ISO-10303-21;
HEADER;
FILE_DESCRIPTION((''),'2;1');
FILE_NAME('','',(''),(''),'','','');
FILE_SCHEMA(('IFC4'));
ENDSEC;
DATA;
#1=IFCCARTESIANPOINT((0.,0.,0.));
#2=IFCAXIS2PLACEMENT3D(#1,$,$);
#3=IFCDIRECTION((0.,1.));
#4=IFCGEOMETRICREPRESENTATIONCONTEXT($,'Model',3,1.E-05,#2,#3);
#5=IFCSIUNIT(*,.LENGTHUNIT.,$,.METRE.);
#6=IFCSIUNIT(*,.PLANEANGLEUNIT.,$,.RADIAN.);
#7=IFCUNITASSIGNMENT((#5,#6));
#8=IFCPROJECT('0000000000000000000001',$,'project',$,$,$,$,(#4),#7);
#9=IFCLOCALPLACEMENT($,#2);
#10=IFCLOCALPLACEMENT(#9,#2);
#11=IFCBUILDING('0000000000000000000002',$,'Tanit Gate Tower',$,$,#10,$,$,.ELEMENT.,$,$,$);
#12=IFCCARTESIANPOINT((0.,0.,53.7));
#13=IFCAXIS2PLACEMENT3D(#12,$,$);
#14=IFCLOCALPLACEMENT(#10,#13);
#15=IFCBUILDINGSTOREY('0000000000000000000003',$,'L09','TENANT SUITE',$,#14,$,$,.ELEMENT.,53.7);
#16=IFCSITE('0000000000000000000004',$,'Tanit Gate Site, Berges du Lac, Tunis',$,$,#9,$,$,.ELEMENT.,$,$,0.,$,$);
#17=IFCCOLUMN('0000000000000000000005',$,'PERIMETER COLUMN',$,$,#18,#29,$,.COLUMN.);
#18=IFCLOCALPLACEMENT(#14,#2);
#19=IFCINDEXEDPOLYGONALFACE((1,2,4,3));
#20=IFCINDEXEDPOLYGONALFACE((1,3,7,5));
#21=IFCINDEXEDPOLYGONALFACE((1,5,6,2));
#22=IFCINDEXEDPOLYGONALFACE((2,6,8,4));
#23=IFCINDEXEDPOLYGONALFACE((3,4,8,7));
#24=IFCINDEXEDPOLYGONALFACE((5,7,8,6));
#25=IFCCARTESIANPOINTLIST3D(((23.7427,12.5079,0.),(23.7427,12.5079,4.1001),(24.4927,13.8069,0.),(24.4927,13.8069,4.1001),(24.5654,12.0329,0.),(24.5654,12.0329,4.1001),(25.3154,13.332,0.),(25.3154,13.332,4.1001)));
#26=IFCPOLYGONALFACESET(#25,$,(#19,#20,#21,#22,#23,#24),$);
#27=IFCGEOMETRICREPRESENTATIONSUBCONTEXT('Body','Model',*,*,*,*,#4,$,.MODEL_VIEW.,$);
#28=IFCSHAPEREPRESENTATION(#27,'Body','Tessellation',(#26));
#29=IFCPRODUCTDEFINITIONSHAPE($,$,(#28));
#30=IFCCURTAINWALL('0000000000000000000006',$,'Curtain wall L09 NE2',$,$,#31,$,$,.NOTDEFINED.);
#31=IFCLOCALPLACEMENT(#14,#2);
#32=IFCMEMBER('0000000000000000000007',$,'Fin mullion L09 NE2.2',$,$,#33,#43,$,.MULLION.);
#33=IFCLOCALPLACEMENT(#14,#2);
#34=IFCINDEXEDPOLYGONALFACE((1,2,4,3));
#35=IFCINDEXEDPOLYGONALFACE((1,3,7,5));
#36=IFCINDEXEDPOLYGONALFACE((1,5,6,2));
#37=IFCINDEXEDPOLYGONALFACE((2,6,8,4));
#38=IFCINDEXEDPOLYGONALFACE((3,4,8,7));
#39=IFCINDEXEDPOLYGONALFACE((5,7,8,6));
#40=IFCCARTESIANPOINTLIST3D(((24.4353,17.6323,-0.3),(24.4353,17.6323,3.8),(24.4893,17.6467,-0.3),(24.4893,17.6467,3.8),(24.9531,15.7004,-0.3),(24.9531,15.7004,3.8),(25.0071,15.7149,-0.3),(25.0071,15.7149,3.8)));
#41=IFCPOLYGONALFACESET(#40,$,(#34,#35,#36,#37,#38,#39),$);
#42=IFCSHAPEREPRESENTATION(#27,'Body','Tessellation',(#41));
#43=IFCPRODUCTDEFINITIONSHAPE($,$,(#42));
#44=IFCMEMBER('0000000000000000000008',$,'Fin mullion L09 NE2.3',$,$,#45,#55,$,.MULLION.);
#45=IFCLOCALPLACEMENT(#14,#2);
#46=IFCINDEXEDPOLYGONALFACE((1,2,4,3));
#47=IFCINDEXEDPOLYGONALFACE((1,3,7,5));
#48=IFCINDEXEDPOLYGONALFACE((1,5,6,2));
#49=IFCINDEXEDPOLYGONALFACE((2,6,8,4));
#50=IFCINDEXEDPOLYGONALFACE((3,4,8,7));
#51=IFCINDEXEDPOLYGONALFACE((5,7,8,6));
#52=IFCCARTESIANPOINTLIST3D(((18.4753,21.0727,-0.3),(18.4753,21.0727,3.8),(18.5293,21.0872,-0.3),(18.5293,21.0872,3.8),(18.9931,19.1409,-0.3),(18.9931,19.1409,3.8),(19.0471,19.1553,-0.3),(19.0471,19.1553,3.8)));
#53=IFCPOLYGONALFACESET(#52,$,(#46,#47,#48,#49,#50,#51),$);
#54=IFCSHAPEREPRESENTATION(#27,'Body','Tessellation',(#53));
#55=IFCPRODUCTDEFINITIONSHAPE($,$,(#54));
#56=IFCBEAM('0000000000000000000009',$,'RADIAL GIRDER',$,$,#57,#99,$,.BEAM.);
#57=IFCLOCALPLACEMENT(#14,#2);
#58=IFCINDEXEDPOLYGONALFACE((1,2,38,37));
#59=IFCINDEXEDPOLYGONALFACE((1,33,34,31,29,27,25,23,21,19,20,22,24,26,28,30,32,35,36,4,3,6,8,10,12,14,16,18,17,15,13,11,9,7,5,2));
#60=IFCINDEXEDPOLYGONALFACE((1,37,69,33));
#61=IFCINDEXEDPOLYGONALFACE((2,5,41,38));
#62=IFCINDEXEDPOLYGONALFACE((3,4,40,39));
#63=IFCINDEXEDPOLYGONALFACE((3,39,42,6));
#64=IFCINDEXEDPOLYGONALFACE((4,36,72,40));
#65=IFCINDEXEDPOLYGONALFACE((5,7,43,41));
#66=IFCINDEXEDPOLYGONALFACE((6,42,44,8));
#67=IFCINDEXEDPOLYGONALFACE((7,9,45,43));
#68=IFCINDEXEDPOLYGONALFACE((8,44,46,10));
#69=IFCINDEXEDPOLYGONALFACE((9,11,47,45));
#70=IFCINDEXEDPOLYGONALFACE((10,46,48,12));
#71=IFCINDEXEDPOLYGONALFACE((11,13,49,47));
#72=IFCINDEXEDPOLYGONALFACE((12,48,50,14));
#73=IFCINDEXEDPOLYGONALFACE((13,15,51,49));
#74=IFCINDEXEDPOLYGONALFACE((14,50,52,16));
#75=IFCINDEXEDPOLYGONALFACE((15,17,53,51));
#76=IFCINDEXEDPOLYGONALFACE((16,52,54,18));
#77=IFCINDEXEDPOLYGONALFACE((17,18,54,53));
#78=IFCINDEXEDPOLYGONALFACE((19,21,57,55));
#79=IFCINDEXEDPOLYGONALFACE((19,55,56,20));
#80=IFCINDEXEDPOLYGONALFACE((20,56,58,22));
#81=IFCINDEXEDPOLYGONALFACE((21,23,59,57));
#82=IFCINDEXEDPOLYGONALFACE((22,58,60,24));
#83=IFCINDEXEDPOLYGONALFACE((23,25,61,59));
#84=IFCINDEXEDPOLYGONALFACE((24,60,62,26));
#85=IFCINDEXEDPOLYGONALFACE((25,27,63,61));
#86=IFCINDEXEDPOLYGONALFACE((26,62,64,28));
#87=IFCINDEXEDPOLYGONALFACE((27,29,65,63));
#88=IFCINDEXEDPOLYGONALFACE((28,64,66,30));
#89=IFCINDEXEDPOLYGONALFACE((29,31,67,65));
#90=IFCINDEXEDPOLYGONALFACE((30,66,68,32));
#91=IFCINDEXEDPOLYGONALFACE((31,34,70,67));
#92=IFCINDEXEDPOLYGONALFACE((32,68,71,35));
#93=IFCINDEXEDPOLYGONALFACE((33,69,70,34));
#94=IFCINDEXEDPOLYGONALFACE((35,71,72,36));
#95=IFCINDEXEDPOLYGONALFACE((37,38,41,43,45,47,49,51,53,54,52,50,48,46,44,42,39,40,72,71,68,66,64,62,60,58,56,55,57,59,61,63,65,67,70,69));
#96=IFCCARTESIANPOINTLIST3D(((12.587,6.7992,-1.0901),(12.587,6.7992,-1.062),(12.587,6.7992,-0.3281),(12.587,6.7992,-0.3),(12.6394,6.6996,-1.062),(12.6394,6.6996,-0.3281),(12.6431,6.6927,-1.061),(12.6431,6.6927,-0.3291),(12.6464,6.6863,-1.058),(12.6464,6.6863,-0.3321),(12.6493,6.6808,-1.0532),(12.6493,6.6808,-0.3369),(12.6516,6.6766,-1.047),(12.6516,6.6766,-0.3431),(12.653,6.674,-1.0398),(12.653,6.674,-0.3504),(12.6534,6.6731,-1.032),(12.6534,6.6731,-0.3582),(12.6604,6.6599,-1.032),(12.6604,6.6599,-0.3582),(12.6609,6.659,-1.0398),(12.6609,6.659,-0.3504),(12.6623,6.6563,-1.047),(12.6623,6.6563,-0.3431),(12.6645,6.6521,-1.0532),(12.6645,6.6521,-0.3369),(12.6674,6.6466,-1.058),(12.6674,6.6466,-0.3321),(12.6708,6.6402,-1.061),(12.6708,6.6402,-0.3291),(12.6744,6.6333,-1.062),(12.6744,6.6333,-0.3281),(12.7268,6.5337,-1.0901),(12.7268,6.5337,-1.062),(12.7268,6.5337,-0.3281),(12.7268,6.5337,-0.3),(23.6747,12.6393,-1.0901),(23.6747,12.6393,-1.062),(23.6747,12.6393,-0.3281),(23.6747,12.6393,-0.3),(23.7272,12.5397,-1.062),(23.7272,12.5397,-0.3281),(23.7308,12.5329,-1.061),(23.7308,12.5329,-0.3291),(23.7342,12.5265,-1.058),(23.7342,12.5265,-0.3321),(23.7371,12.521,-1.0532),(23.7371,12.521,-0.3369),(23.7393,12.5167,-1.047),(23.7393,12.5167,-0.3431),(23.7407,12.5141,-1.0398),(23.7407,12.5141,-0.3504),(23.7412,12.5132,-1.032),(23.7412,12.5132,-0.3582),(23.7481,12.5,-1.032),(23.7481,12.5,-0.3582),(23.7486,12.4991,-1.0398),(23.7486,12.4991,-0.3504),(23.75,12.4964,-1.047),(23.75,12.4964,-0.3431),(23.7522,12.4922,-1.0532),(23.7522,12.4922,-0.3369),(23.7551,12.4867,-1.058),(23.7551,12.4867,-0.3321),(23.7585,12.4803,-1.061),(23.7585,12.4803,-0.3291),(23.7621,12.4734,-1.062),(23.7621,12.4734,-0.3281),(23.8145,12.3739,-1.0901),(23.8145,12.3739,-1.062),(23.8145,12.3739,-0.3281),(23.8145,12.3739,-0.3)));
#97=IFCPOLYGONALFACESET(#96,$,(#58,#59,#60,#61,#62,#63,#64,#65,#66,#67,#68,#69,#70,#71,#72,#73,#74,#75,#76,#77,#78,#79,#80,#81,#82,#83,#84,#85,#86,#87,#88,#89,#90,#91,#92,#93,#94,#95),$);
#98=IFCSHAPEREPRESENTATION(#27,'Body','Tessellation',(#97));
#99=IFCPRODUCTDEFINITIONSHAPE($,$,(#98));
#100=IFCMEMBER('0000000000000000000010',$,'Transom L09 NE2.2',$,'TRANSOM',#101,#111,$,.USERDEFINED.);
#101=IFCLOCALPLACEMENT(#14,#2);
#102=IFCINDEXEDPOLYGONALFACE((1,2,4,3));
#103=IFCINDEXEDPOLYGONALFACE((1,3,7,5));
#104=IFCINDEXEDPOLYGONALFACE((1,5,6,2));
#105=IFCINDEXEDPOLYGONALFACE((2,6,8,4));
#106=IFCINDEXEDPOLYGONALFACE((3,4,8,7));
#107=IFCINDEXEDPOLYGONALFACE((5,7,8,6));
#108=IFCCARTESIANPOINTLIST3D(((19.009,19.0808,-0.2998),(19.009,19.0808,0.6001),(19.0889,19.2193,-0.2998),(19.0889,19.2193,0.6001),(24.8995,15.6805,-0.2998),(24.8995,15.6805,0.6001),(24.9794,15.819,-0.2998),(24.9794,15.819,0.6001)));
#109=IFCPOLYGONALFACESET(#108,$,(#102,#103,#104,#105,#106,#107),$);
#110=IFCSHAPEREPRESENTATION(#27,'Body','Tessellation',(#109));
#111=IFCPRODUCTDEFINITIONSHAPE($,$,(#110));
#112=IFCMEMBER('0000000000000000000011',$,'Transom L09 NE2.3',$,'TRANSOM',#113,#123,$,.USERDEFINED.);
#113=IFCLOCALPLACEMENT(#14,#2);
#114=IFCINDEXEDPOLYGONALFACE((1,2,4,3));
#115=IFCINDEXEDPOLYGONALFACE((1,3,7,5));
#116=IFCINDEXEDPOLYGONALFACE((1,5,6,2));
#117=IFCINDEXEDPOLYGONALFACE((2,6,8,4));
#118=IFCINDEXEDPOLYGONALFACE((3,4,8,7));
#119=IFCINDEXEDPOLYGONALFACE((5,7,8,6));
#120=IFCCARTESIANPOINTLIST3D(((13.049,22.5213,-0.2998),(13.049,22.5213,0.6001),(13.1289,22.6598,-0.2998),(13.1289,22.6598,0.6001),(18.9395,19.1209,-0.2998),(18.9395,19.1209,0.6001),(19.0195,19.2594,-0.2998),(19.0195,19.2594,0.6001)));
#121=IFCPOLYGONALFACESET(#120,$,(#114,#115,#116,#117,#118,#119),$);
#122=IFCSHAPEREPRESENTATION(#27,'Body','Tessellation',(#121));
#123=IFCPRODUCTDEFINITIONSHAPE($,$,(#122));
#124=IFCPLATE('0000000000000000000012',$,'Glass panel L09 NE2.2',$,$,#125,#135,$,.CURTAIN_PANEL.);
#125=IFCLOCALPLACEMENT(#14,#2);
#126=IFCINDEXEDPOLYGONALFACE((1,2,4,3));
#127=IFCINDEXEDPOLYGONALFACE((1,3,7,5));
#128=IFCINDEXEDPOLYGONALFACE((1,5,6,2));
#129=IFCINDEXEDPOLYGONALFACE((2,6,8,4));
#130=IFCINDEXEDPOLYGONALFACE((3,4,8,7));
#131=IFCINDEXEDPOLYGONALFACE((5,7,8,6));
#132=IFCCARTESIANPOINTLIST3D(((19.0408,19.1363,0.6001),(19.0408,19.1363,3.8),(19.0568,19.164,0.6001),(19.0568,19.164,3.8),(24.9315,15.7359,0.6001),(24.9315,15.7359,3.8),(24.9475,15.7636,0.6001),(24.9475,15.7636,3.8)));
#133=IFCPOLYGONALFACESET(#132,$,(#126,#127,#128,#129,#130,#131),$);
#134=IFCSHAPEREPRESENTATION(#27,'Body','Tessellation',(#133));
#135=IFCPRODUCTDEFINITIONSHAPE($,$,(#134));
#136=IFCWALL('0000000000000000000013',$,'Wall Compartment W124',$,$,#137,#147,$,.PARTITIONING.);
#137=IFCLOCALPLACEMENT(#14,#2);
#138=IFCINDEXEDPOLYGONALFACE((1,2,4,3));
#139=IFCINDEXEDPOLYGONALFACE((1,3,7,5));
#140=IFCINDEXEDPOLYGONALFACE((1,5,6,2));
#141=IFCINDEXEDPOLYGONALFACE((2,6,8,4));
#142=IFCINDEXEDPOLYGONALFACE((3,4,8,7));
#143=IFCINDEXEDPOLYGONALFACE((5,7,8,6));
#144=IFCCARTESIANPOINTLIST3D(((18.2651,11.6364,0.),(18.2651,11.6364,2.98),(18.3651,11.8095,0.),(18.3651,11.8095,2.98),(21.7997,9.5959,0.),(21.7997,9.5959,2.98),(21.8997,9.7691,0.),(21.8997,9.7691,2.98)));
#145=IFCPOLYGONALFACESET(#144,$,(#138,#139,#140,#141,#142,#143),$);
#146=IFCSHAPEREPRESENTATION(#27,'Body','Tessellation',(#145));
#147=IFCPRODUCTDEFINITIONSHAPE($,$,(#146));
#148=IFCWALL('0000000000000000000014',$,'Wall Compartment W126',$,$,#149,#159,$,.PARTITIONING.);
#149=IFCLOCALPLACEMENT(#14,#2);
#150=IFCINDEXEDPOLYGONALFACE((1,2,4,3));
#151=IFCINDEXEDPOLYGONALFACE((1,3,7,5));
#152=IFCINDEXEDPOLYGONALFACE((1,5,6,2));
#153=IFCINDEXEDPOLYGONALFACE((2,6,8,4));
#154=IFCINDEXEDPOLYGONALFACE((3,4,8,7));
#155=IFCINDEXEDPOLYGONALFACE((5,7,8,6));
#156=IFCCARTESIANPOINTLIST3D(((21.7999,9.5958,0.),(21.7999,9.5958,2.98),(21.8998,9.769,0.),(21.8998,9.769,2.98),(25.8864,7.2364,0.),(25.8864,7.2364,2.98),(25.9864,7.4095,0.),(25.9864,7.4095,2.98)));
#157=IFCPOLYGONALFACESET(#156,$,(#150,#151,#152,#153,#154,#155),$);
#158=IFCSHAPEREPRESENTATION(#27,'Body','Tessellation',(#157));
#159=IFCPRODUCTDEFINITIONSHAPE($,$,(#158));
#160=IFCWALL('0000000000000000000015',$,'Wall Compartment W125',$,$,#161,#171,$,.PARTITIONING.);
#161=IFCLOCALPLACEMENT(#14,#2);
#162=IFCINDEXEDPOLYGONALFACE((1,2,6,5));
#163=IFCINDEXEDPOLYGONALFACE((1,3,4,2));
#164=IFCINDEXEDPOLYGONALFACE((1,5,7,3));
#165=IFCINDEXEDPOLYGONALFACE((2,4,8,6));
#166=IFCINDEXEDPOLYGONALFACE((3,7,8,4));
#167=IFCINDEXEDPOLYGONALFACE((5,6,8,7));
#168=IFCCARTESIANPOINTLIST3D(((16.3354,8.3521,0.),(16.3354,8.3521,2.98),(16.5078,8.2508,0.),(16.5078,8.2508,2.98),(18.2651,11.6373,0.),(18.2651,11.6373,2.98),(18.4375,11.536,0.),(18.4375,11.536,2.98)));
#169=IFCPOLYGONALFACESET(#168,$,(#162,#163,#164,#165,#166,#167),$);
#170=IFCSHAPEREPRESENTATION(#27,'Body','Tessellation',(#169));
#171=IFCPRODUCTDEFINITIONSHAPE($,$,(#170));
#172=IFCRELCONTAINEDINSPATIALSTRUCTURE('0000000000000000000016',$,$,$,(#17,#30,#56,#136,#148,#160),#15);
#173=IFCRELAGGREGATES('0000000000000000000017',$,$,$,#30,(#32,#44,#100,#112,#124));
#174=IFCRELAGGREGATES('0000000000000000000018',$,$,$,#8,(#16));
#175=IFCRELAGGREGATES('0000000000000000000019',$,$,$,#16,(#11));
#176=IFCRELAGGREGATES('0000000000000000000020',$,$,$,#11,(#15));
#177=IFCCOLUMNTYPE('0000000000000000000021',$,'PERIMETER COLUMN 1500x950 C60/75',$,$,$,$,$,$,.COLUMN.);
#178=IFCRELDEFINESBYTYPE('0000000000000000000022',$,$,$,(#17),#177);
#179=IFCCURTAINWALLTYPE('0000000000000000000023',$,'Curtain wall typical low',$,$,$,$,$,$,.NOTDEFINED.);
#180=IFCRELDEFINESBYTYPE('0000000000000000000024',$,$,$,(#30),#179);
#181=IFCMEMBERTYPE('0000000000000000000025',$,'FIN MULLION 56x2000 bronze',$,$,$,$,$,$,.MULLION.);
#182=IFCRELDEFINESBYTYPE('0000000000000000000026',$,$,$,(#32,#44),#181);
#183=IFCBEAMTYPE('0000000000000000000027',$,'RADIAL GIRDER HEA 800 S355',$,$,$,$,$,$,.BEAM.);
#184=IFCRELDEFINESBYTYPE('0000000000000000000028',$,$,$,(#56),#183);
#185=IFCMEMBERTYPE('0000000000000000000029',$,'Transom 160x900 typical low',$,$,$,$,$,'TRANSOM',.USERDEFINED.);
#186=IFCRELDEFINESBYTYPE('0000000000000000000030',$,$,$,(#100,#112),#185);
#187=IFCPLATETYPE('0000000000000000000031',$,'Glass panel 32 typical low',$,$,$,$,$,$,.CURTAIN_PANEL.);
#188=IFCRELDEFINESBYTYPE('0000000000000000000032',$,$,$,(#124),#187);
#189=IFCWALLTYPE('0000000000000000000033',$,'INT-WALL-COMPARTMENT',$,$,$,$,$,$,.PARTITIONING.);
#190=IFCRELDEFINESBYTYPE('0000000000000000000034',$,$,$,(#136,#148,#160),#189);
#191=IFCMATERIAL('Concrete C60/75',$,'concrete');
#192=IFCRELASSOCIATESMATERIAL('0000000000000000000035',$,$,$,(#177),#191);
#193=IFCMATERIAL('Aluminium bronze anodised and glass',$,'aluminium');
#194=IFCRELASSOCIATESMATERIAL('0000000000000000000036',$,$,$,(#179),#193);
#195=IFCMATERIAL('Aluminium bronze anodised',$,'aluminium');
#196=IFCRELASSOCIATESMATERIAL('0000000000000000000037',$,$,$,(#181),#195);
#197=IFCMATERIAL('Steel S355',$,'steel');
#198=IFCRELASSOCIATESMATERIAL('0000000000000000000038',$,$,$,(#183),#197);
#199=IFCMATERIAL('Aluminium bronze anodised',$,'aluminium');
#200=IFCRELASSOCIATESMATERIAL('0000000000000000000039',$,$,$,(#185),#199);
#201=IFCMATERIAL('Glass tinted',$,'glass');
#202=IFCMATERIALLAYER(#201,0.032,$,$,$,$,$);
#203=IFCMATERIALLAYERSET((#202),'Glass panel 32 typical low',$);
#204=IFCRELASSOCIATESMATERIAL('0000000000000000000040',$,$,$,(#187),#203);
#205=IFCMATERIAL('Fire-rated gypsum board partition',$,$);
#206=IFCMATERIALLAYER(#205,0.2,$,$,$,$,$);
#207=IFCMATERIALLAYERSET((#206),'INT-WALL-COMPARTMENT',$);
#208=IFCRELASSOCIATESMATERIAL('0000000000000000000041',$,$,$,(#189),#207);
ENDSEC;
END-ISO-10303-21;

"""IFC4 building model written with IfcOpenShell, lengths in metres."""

from ifc_helpers import new_model, si_unit, direction, frame, frame_2d, origin, origin_2d, place, context, subcontext, project, spatial, rectangle, i_section, extrude, material, layer, layer_set, material_profile, profile_set, type_object, element, aggregate, save


model = new_model("IFC4")

# Units and contexts
model_context = context("Model", 3, precision=1e-05, world=origin(), true_north=direction((0.0, 1.0)))
body_context = subcontext(model_context, "Body", "Model", "MODEL_VIEW")
ifc_project = project(units=[si_unit("LENGTHUNIT", "METRE"), si_unit("PLANEANGLEUNIT", "RADIAN")], contexts=[model_context])

# Site, building, storey
site_placement = place(None, origin())
site = spatial("IfcSite", under=ifc_project, at=site_placement, Name="Tanit Gate Site, Berges du Lac, Tunis", CompositionType="ELEMENT", RefElevation=0.0)
building_placement = place(site_placement, origin())
building = spatial("IfcBuilding", under=site, at=building_placement, Name="Tanit Gate Tower", CompositionType="ELEMENT")
storey_placement = place(building_placement, frame((0.0, 0.0, 53.7)))
storey = spatial("IfcBuildingStorey", under=building, at=storey_placement, Name="L09", Description="TENANT SUITE", CompositionType="ELEMENT", Elevation=53.7)

# Column
ifc_material_1 = material(Name="Concrete C60/75", Category="concrete")
ifc_material_profile_1 = material_profile(ifc_material_1, rectangle(XDim=1.5, YDim=0.95, at=origin_2d()), Name="RC 1500x950")
ifc_profile_set_1 = profile_set([ifc_material_profile_1], Name="Concrete C60/75")
column_type = type_object("IfcColumnType", Name="PERIMETER COLUMN 1500x950 C60/75", PredefinedType="COLUMN", material=ifc_profile_set_1)
column_placement = place(storey_placement, frame((24.5291, 12.9199, 0.0), z_axis=(0.0, 0.0, 1.0), x_axis=(0.5, 0.866025, 0.0)))
element("IfcColumn", 1, at=column_placement, inside=storey, type_object=column_type, Name="PERIMETER COLUMN", PredefinedType="COLUMN", context=body_context, shape_type="SweptSolid", body=[
    extrude(rectangle(XDim=1.5, YDim=0.95, at=origin_2d()), origin(), (0.0, 0.0, 1.0), 4.1001),
])

# Curtain wall, members
ifc_material_2 = material(Name="Aluminium bronze anodised and glass", Category="aluminium")
curtain_wall_type = type_object("IfcCurtainWallType", Name="Curtain wall typical low", PredefinedType="NOTDEFINED", material=ifc_material_2)
curtain_wall_placement = place(storey_placement, origin())
curtain_wall = element("IfcCurtainWall", 2, at=curtain_wall_placement, inside=storey, type_object=curtain_wall_type, Name="Curtain wall L09 NE2", PredefinedType="NOTDEFINED")
ifc_material_3 = material(Name="Aluminium bronze anodised", Category="aluminium")
ifc_material_profile_2 = material_profile(ifc_material_3, rectangle(XDim=2.0, YDim=0.0559, at=origin_2d()), Name="56x2000 bronze fin mullion")
ifc_profile_set_2 = profile_set([ifc_material_profile_2], Name="Aluminium bronze anodised")
member_type_1 = type_object("IfcMemberType", Name="FIN MULLION 56x2000 bronze", PredefinedType="MULLION", material=ifc_profile_set_2)
member_1_placement = place(storey_placement, frame((24.7212, 16.6736, -0.3), z_axis=(0.0, 0.0, 1.0), x_axis=(0.258886, -0.965908, 0.0)))
member_1 = element("IfcMember", 3, at=member_1_placement, type_object=member_type_1, Name="Fin mullion L09 NE2.2", PredefinedType="MULLION", context=body_context, shape_type="SweptSolid", body=[
    extrude(rectangle(XDim=2.0, YDim=0.0559, at=origin_2d()), origin(), (0.0, 0.0, 1.0), 4.1001),
])
member_2_placement = place(storey_placement, frame((18.7612, 20.114, -0.3), z_axis=(0.0, 0.0, 1.0), x_axis=(0.258886, -0.965908, 0.0)))
member_2 = element("IfcMember", 4, at=member_2_placement, type_object=member_type_1, Name="Fin mullion L09 NE2.3", PredefinedType="MULLION", context=body_context, shape_type="SweptSolid", body=[
    extrude(rectangle(XDim=2.0, YDim=0.0559, at=origin_2d()), origin(), (0.0, 0.0, 1.0), 4.1001),
])

# Beam
ifc_material_4 = material(Name="Steel S355", Category="steel")
ifc_material_profile_3 = material_profile(ifc_material_4, i_section(OverallWidth=0.3, OverallDepth=0.79, WebThickness=0.0149, FlangeThickness=0.0281, FilletRadius=0.03, at=origin_2d()), Name="HEA 800")
ifc_profile_set_3 = profile_set([ifc_material_profile_3], Name="Steel S355")
beam_type = type_object("IfcBeamType", Name="RADIAL GIRDER HEA 800 S355", PredefinedType="BEAM", material=ifc_profile_set_3)
beam_placement = place(storey_placement, frame((23.7446, 12.5066, -0.6951), z_axis=(-0.884771, -0.466027, 0.0), x_axis=(0.466027, -0.884771, 0.0)))
element("IfcBeam", 5, at=beam_placement, inside=storey, type_object=beam_type, Name="RADIAL GIRDER", PredefinedType="BEAM", context=body_context, shape_type="SweptSolid", body=[
    extrude(i_section(OverallWidth=0.3, OverallDepth=0.79, WebThickness=0.0149, FlangeThickness=0.0281, FilletRadius=0.03, at=origin_2d()), origin(), (0.0, 0.0, 1.0), 12.5317),
])

# Members
ifc_material_5 = material(Name="Aluminium bronze anodised", Category="aluminium")
ifc_material_profile_4 = material_profile(ifc_material_5, rectangle(XDim=0.1599, YDim=0.8999, at=origin_2d()), Name="160x900 bronze transom")
ifc_profile_set_4 = profile_set([ifc_material_profile_4], Name="Aluminium bronze anodised")
member_type_2 = type_object("IfcMemberType", Name="Transom 160x900 typical low", ElementType="TRANSOM", PredefinedType="USERDEFINED", material=ifc_profile_set_4)
member_3_placement = place(storey_placement, frame((24.9395, 15.7498, 0.1501), z_axis=(-0.866061, 0.499938, 0.0), x_axis=(-0.499938, -0.866061, 0.0)))
member_3 = element("IfcMember", 6, at=member_3_placement, type_object=member_type_2, Name="Transom L09 NE2.2", ObjectType="TRANSOM", PredefinedType="USERDEFINED", context=body_context, shape_type="SweptSolid", body=[
    extrude(rectangle(XDim=0.1599, YDim=0.8999, at=origin_2d()), origin(), (0.0, 0.0, 1.0), 6.8015),
])
member_4_placement = place(storey_placement, frame((18.9795, 19.1902, 0.1501), z_axis=(-0.866061, 0.499938, 0.0), x_axis=(-0.499938, -0.866061, 0.0)))
member_4 = element("IfcMember", 7, at=member_4_placement, type_object=member_type_2, Name="Transom L09 NE2.3", ObjectType="TRANSOM", PredefinedType="USERDEFINED", context=body_context, shape_type="SweptSolid", body=[
    extrude(rectangle(XDim=0.1599, YDim=0.8999, at=origin_2d()), origin(), (0.0, 0.0, 1.0), 6.8015),
])

# Plate
ifc_material_6 = material(Name="Glass tinted", Category="glass")
ifc_layer_1 = layer(ifc_material_6, 0.032)
ifc_layer_set_1 = layer_set([ifc_layer_1], Name="Glass panel 32 typical low")
plate_type = type_object("IfcPlateType", Name="Glass panel 32 typical low", PredefinedType="CURTAIN_PANEL", material=ifc_layer_set_1)
plate_placement = place(storey_placement, frame((21.9941, 17.45, 0.6001), z_axis=(0.0, 0.0, 1.0), x_axis=(-0.86606, 0.49994, 0.0)))
plate = element("IfcPlate", 8, at=plate_placement, type_object=plate_type, Name="Glass panel L09 NE2.2", PredefinedType="CURTAIN_PANEL", context=body_context, shape_type="SweptSolid", body=[
    extrude(rectangle(XDim=6.8018, YDim=0.032, at=origin_2d()), origin(), (0.0, 0.0, 1.0), 3.2),
])
aggregate(curtain_wall, [member_1, member_2, member_3, member_4, plate])

# Walls
ifc_material_7 = material(Name="Fire-rated gypsum board partition")
ifc_layer_2 = layer(ifc_material_7, 0.2)
ifc_layer_set_2 = layer_set([ifc_layer_2], Name="INT-WALL-COMPARTMENT")
wall_type = type_object("IfcWallType", Name="INT-WALL-COMPARTMENT", PredefinedType="PARTITIONING", material=ifc_layer_set_2)
wall_1_placement = place(storey_placement, frame((18.3152, 11.7229, 0.0), z_axis=(0.0, 0.0, 1.0), x_axis=(0.866048, -0.499961, 0.0)))
element("IfcWall", 9, at=wall_1_placement, inside=storey, type_object=wall_type, Name="Wall Compartment W124", PredefinedType="PARTITIONING", context=body_context, shape_type="SweptSolid", body=[
    extrude(rectangle(XDim=4.0813, YDim=0.2, at=frame_2d((2.0405, 0.0))), origin(), (0.0, 0.0, 1.0), 2.98),
])
wall_2_placement = place(storey_placement, frame((21.8499, 9.6824, 0.0), z_axis=(0.0, 0.0, 1.0), x_axis=(0.866018, -0.500012, 0.0)))
element("IfcWall", 10, at=wall_2_placement, inside=storey, type_object=wall_type, Name="Wall Compartment W126", PredefinedType="PARTITIONING", context=body_context, shape_type="SweptSolid", body=[
    extrude(rectangle(XDim=4.7188, YDim=0.2, at=frame_2d((2.3594, 0.0))), origin(), (0.0, 0.0, 1.0), 2.98),
])
wall_3_placement = place(storey_placement, frame((18.3513, 11.5867, 0.0), z_axis=(0.0, 0.0, 1.0), x_axis=(-0.506482, -0.86225, 0.0)))
element("IfcWall", 11, at=wall_3_placement, inside=storey, type_object=wall_type, Name="Wall Compartment W125", PredefinedType="PARTITIONING", context=body_context, shape_type="SweptSolid", body=[
    extrude(rectangle(XDim=3.8101, YDim=0.2, at=frame_2d((1.905, 0.0))), origin(), (0.0, 0.0, 1.0), 2.98),
])

save(model, "model.ifc")
